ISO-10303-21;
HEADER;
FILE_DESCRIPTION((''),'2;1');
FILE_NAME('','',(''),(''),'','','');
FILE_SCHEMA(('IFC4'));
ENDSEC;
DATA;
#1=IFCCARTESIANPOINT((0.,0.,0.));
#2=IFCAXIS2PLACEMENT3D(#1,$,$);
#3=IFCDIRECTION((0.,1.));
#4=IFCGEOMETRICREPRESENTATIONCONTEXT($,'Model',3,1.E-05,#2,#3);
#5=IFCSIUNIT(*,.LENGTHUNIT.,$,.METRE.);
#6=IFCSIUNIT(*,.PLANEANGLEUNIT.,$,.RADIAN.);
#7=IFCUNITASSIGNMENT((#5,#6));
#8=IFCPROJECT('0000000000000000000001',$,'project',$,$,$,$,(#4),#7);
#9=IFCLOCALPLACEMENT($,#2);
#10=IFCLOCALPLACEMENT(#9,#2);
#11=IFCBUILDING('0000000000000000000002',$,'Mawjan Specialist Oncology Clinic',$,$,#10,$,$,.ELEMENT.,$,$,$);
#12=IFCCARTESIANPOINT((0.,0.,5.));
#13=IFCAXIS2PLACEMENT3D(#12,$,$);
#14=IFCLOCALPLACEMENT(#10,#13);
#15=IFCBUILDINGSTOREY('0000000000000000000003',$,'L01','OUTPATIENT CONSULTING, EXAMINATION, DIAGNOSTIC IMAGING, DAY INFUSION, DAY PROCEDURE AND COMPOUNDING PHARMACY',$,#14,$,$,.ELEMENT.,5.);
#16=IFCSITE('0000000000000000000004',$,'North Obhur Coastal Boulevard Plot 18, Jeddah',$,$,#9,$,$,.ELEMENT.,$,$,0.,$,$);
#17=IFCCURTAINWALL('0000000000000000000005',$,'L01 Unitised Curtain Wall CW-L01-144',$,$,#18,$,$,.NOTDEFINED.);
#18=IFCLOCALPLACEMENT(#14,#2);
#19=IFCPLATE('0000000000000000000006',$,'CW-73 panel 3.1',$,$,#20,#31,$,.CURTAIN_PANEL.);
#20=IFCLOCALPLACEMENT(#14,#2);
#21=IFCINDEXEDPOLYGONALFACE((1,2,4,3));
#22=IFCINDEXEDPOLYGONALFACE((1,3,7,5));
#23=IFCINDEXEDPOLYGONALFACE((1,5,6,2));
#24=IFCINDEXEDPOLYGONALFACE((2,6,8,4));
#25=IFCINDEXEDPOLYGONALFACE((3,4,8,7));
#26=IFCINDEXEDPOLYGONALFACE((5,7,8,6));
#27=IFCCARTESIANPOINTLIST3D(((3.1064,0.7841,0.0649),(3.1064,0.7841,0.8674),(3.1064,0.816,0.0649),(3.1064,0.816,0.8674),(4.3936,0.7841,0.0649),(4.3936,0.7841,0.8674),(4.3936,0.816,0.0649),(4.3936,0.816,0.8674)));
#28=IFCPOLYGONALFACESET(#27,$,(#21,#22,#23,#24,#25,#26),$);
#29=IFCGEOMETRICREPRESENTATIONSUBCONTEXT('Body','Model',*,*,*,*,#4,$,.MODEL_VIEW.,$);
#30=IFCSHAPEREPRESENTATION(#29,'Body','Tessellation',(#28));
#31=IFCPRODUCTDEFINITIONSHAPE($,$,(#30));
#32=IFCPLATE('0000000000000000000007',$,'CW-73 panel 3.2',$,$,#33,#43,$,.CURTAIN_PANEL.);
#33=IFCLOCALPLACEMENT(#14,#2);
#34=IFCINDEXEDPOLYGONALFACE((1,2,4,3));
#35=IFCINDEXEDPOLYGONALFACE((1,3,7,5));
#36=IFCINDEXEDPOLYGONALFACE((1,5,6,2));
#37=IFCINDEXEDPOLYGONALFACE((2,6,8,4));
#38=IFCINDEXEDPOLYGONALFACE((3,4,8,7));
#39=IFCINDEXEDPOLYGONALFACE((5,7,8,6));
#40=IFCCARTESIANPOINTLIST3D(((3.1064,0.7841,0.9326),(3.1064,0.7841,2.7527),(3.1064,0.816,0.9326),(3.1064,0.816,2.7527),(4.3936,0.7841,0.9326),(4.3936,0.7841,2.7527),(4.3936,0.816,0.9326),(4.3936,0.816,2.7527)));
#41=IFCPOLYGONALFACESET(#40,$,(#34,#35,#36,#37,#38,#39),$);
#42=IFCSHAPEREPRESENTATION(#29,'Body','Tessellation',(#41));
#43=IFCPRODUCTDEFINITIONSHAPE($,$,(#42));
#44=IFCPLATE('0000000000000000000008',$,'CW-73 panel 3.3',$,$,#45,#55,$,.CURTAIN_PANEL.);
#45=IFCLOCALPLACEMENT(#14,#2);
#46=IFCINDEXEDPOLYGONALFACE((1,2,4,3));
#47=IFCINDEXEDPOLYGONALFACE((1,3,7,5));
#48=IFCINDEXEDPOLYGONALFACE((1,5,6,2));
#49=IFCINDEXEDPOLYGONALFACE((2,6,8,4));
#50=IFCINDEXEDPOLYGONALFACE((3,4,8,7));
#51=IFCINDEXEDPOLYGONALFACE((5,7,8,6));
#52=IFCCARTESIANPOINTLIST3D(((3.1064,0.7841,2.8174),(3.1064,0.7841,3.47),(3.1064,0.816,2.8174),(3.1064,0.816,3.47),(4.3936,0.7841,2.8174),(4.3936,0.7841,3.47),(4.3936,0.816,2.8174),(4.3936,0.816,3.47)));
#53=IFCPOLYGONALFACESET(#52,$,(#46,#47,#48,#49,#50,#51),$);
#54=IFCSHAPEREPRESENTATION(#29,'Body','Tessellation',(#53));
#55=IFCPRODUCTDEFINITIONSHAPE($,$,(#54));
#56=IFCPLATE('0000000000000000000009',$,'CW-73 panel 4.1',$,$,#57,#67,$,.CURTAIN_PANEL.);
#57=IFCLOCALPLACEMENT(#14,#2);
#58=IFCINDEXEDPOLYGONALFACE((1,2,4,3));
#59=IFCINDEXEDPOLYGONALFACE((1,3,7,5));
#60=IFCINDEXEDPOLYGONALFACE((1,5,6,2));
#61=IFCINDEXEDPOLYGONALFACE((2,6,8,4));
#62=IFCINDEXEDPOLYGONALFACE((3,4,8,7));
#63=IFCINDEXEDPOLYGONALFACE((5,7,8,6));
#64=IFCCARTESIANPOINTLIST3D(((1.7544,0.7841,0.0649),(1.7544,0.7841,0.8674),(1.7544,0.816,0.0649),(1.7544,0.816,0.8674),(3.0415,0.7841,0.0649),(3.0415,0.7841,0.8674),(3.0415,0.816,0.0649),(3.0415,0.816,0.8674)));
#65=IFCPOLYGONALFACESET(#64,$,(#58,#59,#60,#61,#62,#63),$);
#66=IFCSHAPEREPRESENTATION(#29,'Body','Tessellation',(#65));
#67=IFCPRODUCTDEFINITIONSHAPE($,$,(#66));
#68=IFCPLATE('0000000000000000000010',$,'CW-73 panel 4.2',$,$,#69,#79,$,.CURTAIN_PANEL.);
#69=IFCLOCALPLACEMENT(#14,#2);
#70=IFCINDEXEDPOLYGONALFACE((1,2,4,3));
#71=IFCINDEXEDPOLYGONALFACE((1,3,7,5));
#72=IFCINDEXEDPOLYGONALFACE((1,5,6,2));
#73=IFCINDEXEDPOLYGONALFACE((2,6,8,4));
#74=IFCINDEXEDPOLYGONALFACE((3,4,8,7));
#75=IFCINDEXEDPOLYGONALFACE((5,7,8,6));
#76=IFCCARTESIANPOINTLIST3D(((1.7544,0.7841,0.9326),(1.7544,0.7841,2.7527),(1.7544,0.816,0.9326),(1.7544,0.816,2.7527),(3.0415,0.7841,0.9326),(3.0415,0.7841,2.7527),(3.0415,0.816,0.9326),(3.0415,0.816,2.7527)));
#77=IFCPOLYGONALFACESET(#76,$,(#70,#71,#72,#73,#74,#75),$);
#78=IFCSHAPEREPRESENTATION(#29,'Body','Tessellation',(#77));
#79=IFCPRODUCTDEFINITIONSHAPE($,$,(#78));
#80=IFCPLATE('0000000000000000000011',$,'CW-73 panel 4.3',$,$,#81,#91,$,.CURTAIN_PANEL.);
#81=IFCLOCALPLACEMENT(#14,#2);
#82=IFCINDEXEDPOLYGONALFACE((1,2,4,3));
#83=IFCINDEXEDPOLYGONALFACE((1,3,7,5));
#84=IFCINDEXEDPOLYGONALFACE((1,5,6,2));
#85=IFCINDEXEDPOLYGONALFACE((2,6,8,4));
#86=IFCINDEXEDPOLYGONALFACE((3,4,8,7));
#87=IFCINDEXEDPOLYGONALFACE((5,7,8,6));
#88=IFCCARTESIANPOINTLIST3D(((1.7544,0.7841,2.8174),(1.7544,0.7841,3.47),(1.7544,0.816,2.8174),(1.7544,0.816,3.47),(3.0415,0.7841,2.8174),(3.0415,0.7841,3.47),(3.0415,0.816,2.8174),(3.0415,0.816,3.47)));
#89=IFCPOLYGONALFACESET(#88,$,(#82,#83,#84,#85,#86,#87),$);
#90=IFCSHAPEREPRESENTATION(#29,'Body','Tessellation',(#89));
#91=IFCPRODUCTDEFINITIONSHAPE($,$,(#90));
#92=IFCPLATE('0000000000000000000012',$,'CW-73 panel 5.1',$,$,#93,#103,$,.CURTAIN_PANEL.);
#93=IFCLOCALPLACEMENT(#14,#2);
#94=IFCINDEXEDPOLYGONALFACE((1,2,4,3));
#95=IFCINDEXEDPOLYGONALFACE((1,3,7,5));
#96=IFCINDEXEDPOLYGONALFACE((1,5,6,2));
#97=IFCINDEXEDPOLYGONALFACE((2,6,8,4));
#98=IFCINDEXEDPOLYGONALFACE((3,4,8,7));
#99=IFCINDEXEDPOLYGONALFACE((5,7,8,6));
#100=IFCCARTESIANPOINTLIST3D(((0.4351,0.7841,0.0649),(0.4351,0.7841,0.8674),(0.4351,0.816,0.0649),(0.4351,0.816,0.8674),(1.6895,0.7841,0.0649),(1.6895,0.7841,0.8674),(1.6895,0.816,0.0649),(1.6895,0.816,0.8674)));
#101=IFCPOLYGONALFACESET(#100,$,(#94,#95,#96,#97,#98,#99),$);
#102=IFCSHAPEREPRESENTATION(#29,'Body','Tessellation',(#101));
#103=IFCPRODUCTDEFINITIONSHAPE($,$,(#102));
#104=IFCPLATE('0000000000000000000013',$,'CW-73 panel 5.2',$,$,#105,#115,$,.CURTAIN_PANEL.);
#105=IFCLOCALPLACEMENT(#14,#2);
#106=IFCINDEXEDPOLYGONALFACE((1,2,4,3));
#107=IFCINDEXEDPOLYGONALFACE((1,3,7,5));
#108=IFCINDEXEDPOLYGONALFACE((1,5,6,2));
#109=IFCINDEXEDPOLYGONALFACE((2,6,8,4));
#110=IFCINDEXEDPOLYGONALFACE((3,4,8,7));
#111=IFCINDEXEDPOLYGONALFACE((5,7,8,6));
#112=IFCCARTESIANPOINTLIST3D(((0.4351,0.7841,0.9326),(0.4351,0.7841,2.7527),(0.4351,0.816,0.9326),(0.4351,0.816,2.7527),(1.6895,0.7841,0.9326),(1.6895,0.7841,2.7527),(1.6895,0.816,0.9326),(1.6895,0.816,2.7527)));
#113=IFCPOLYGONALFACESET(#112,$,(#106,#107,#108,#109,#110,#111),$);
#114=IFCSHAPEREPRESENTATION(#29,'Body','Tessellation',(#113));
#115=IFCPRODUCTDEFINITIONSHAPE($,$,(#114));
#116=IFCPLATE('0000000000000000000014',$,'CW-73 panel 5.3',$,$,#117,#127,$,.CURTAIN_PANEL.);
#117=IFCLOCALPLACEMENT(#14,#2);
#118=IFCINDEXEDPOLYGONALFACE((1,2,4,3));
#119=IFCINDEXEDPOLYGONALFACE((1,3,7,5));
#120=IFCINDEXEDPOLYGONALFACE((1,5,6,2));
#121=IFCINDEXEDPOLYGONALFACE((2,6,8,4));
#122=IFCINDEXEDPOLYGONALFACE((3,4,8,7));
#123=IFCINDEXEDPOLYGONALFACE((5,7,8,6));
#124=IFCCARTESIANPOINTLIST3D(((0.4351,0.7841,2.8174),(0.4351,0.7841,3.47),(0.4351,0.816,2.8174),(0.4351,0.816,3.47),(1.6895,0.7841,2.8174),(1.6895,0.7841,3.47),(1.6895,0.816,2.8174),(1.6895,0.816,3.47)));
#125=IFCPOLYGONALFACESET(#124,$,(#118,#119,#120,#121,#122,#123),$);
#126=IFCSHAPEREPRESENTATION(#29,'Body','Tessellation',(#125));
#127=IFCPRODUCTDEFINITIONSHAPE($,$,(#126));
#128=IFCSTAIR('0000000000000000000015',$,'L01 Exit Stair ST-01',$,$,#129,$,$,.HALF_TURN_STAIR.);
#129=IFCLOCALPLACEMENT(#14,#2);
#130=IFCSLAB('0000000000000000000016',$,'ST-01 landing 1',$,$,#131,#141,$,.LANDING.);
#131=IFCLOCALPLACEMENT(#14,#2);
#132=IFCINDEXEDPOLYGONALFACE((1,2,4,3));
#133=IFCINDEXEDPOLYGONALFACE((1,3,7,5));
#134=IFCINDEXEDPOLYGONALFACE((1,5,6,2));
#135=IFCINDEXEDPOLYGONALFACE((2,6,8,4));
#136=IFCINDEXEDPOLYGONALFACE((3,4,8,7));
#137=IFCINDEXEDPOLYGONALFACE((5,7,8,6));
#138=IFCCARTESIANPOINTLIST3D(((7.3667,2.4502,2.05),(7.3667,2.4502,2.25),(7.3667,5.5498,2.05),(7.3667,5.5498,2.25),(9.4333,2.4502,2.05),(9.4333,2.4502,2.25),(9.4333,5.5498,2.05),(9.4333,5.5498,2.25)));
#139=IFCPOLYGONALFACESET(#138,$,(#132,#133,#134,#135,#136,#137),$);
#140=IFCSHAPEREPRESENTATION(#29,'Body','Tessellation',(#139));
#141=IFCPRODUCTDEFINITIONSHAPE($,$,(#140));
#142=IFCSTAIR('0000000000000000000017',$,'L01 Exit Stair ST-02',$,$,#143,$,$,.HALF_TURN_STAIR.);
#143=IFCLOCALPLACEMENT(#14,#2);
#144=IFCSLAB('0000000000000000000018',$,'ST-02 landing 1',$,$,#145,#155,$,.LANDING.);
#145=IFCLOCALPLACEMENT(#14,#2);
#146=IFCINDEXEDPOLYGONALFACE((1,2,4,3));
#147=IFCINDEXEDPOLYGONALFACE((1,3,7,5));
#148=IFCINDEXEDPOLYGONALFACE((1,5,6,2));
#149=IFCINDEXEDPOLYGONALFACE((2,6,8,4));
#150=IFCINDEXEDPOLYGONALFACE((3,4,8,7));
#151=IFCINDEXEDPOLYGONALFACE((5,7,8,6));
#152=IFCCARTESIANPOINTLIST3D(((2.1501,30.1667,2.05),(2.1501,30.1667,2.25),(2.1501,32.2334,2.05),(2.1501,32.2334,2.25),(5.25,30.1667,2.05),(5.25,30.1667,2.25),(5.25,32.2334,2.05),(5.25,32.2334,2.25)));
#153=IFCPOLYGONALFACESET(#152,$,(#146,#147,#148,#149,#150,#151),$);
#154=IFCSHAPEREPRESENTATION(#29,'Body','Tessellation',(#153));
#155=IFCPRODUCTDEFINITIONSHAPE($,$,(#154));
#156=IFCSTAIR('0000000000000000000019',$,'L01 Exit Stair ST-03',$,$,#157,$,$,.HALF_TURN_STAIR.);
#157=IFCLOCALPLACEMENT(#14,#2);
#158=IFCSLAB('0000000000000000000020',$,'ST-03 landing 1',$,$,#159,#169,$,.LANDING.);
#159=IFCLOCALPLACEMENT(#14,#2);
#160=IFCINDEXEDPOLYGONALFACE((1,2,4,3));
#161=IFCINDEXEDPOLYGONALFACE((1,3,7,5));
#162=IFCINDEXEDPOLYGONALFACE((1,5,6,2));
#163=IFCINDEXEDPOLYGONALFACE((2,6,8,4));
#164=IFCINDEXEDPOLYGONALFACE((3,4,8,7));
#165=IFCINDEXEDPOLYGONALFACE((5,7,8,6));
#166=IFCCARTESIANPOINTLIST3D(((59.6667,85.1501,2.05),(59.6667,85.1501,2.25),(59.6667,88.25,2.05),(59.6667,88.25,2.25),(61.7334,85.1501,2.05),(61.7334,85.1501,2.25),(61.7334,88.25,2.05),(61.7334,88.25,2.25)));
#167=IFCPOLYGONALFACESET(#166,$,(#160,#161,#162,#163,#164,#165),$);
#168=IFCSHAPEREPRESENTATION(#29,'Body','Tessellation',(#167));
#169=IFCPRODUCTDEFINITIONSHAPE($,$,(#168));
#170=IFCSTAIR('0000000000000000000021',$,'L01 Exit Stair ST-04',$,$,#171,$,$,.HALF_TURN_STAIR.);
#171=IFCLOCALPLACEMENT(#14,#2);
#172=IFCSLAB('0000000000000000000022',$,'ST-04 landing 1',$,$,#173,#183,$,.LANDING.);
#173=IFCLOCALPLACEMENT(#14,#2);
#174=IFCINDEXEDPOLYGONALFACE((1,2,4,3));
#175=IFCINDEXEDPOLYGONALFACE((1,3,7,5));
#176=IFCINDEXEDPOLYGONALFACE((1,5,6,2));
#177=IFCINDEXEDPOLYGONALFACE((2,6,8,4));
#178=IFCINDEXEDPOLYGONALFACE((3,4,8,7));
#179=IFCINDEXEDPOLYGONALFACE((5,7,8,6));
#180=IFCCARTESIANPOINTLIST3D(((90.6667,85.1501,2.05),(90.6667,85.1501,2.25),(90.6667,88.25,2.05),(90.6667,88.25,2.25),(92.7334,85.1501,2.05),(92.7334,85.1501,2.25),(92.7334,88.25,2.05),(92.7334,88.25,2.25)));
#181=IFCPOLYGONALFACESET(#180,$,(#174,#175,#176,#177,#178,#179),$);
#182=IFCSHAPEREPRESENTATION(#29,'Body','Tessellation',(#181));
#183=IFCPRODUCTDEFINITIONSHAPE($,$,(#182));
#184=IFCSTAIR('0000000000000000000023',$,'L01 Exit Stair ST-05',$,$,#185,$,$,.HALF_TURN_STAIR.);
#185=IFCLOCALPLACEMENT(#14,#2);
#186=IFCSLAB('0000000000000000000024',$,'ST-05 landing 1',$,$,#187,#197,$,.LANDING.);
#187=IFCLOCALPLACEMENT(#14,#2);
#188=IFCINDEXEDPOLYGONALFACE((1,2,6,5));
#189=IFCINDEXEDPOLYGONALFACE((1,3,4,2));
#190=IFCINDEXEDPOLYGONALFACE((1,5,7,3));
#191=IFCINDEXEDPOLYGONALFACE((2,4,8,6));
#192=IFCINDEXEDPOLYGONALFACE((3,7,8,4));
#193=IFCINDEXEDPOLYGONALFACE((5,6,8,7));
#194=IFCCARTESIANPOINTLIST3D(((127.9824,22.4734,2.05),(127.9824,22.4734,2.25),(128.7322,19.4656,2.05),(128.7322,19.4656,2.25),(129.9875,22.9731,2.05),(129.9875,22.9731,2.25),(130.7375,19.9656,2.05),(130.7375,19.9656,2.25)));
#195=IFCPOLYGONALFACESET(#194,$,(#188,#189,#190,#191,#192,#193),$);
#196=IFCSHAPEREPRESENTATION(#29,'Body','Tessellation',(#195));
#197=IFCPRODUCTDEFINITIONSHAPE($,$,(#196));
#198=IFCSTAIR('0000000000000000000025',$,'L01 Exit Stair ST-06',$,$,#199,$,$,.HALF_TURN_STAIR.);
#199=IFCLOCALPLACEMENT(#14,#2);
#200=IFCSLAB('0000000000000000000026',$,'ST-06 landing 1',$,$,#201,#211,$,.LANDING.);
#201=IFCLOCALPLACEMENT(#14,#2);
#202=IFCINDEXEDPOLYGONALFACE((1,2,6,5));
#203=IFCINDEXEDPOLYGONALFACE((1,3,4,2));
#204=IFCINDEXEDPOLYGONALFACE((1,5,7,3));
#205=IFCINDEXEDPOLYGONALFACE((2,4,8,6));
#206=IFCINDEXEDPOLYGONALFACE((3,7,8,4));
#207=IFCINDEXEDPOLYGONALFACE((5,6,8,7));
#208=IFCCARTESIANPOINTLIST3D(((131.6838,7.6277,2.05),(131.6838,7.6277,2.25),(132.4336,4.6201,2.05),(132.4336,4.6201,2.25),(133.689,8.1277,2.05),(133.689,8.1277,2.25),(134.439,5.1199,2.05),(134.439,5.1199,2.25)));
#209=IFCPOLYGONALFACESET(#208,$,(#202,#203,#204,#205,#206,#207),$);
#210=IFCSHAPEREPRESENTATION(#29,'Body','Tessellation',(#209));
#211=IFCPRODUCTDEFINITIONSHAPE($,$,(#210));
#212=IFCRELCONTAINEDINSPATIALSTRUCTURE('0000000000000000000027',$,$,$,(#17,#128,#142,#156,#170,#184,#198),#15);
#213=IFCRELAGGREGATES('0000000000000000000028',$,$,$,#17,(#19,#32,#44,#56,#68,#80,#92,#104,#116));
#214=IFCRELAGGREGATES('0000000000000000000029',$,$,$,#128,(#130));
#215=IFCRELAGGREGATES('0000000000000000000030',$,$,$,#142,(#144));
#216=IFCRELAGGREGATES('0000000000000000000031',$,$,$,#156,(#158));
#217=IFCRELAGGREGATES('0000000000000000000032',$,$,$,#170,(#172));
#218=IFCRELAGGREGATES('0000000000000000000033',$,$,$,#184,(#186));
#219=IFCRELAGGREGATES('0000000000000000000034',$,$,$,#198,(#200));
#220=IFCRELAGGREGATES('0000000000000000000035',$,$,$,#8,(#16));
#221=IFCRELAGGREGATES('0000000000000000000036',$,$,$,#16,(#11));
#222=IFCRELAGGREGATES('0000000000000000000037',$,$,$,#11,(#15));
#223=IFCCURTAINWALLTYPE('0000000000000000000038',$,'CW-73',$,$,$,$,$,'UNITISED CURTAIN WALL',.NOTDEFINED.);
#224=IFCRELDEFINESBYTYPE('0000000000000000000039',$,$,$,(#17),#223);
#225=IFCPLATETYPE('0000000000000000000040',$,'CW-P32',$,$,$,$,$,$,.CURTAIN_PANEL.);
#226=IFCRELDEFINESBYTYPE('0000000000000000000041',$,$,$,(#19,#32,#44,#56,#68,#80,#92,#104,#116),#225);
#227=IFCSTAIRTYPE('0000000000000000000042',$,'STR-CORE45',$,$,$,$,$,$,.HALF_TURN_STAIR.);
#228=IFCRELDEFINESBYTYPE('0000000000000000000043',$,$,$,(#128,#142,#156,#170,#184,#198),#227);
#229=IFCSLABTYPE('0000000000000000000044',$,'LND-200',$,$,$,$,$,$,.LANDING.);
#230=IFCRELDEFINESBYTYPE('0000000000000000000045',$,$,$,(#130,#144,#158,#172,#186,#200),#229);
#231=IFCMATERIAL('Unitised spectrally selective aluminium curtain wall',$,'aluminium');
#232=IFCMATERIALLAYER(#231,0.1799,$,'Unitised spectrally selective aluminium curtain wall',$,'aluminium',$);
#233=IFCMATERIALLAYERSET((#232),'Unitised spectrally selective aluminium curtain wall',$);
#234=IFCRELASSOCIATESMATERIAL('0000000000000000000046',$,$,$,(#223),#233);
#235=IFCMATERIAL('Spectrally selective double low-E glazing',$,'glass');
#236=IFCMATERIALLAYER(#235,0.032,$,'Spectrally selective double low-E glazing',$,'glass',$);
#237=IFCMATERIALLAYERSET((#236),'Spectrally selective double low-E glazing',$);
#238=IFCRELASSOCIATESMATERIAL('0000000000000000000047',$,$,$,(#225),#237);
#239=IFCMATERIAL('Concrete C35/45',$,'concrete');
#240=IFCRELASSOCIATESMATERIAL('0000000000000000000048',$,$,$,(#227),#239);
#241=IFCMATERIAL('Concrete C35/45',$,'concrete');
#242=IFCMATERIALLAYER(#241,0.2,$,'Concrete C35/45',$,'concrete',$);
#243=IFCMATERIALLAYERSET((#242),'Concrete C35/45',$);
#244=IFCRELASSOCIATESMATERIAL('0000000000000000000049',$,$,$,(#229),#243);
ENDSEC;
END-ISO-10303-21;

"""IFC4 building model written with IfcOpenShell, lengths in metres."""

from ifc_helpers import new_model, si_unit, direction, frame, origin, origin_2d, place, context, subcontext, project, spatial, polyline, rectangle, outline, extrude, material, layer, layer_set, type_object, element, aggregate, save


model = new_model("IFC4")

# Units and contexts
model_context = context("Model", 3, precision=1e-05, world=origin(), true_north=direction((0.0, 1.0)))
body_context = subcontext(model_context, "Body", "Model", "MODEL_VIEW")
ifc_project = project(units=[si_unit("LENGTHUNIT", "METRE"), si_unit("PLANEANGLEUNIT", "RADIAN")], contexts=[model_context])

# Site, building, storey
site_placement = place(None, origin())
site = spatial("IfcSite", under=ifc_project, at=site_placement, Name="North Obhur Coastal Boulevard Plot 18, Jeddah", CompositionType="ELEMENT", RefElevation=0.0)
building_placement = place(site_placement, origin())
building = spatial("IfcBuilding", under=site, at=building_placement, Name="Mawjan Specialist Oncology Clinic", CompositionType="ELEMENT")
storey_placement = place(building_placement, frame((0.0, 0.0, 5.0)))
storey = spatial("IfcBuildingStorey", under=building, at=storey_placement, Name="L01", Description="OUTPATIENT CONSULTING, EXAMINATION, DIAGNOSTIC IMAGING, DAY INFUSION, DAY PROCEDURE AND COMPOUNDING PHARMACY", CompositionType="ELEMENT", Elevation=5.0)

# Curtain wall, plates
ifc_material_1 = material(Name="Unitised spectrally selective aluminium curtain wall", Category="aluminium")
ifc_layer_1 = layer(ifc_material_1, 0.1799, Name="Unitised spectrally selective aluminium curtain wall", Category="aluminium")
ifc_layer_set_1 = layer_set([ifc_layer_1], Name="Unitised spectrally selective aluminium curtain wall")
curtain_wall_type = type_object("IfcCurtainWallType", Name="CW-73", ElementType="UNITISED CURTAIN WALL", PredefinedType="NOTDEFINED", material=ifc_layer_set_1)
curtain_wall_placement = place(storey_placement, origin())
curtain_wall = element("IfcCurtainWall", 1, at=curtain_wall_placement, inside=storey, type_object=curtain_wall_type, Name="L01 Unitised Curtain Wall CW-L01-144", PredefinedType="NOTDEFINED")
ifc_material_2 = material(Name="Spectrally selective double low-E glazing", Category="glass")
ifc_layer_2 = layer(ifc_material_2, 0.032, Name="Spectrally selective double low-E glazing", Category="glass")
ifc_layer_set_2 = layer_set([ifc_layer_2], Name="Spectrally selective double low-E glazing")
plate_type = type_object("IfcPlateType", Name="CW-P32", PredefinedType="CURTAIN_PANEL", material=ifc_layer_set_2)
plate_1_placement = place(storey_placement, frame((3.75, 0.8, 0.0649), z_axis=(0.0, 0.0, 1.0), x_axis=(-1.0, 0.0, 0.0)))
plate_1 = element("IfcPlate", 2, at=plate_1_placement, type_object=plate_type, Name="CW-73 panel 3.1", PredefinedType="CURTAIN_PANEL", context=body_context, shape_type="SweptSolid", body=[
    extrude(rectangle(XDim=1.2871, YDim=0.032, at=origin_2d()), origin(), (0.0, 0.0, 1.0), 0.8025),
])
plate_2_placement = place(storey_placement, frame((3.75, 0.8, 0.9326), z_axis=(0.0, 0.0, 1.0), x_axis=(-1.0, 0.0, 0.0)))
plate_2 = element("IfcPlate", 3, at=plate_2_placement, type_object=plate_type, Name="CW-73 panel 3.2", PredefinedType="CURTAIN_PANEL", context=body_context, shape_type="SweptSolid", body=[
    extrude(rectangle(XDim=1.2871, YDim=0.032, at=origin_2d()), origin(), (0.0, 0.0, 1.0), 1.8201),
])
plate_3_placement = place(storey_placement, frame((3.75, 0.8, 2.8174), z_axis=(0.0, 0.0, 1.0), x_axis=(-1.0, 0.0, 0.0)))
plate_3 = element("IfcPlate", 4, at=plate_3_placement, type_object=plate_type, Name="CW-73 panel 3.3", PredefinedType="CURTAIN_PANEL", context=body_context, shape_type="SweptSolid", body=[
    extrude(rectangle(XDim=1.2871, YDim=0.032, at=origin_2d()), origin(), (0.0, 0.0, 1.0), 0.6526),
])
plate_4_placement = place(storey_placement, frame((2.3979, 0.8, 0.0649), z_axis=(0.0, 0.0, 1.0), x_axis=(-1.0, 0.0, 0.0)))
plate_4 = element("IfcPlate", 5, at=plate_4_placement, type_object=plate_type, Name="CW-73 panel 4.1", PredefinedType="CURTAIN_PANEL", context=body_context, shape_type="SweptSolid", body=[
    extrude(rectangle(XDim=1.2871, YDim=0.032, at=origin_2d()), origin(), (0.0, 0.0, 1.0), 0.8025),
])
plate_5_placement = place(storey_placement, frame((2.3979, 0.8, 0.9326), z_axis=(0.0, 0.0, 1.0), x_axis=(-1.0, 0.0, 0.0)))
plate_5 = element("IfcPlate", 6, at=plate_5_placement, type_object=plate_type, Name="CW-73 panel 4.2", PredefinedType="CURTAIN_PANEL", context=body_context, shape_type="SweptSolid", body=[
    extrude(rectangle(XDim=1.2871, YDim=0.032, at=origin_2d()), origin(), (0.0, 0.0, 1.0), 1.8201),
])
plate_6_placement = place(storey_placement, frame((2.3979, 0.8, 2.8174), z_axis=(0.0, 0.0, 1.0), x_axis=(-1.0, 0.0, 0.0)))
plate_6 = element("IfcPlate", 7, at=plate_6_placement, type_object=plate_type, Name="CW-73 panel 4.3", PredefinedType="CURTAIN_PANEL", context=body_context, shape_type="SweptSolid", body=[
    extrude(rectangle(XDim=1.2871, YDim=0.032, at=origin_2d()), origin(), (0.0, 0.0, 1.0), 0.6526),
])
plate_7_placement = place(storey_placement, frame((1.0623, 0.8, 0.0649), z_axis=(0.0, 0.0, 1.0), x_axis=(-1.0, 0.0, 0.0)))
plate_7 = element("IfcPlate", 8, at=plate_7_placement, type_object=plate_type, Name="CW-73 panel 5.1", PredefinedType="CURTAIN_PANEL", context=body_context, shape_type="SweptSolid", body=[
    extrude(rectangle(XDim=1.2544, YDim=0.032, at=origin_2d()), origin(), (0.0, 0.0, 1.0), 0.8025),
])
plate_8_placement = place(storey_placement, frame((1.0623, 0.8, 0.9326), z_axis=(0.0, 0.0, 1.0), x_axis=(-1.0, 0.0, 0.0)))
plate_8 = element("IfcPlate", 9, at=plate_8_placement, type_object=plate_type, Name="CW-73 panel 5.2", PredefinedType="CURTAIN_PANEL", context=body_context, shape_type="SweptSolid", body=[
    extrude(rectangle(XDim=1.2544, YDim=0.032, at=origin_2d()), origin(), (0.0, 0.0, 1.0), 1.8201),
])
plate_9_placement = place(storey_placement, frame((1.0623, 0.8, 2.8174), z_axis=(0.0, 0.0, 1.0), x_axis=(-1.0, 0.0, 0.0)))
plate_9 = element("IfcPlate", 10, at=plate_9_placement, type_object=plate_type, Name="CW-73 panel 5.3", PredefinedType="CURTAIN_PANEL", context=body_context, shape_type="SweptSolid", body=[
    extrude(rectangle(XDim=1.2544, YDim=0.032, at=origin_2d()), origin(), (0.0, 0.0, 1.0), 0.6526),
])
aggregate(curtain_wall, [plate_1, plate_2, plate_3, plate_4, plate_5, plate_6, plate_7, plate_8, plate_9])

# Stairs, slabs
ifc_material_3 = material(Name="Concrete C35/45", Category="concrete")
stair_type_1 = type_object("IfcStairType", Name="STR-CORE45", PredefinedType="HALF_TURN_STAIR", material=ifc_material_3)
stair_1_placement = place(storey_placement, origin())
stair_1 = element("IfcStair", 11, at=stair_1_placement, inside=storey, type_object=stair_type_1, Name="L01 Exit Stair ST-01", PredefinedType="HALF_TURN_STAIR")
ifc_material_4 = material(Name="Concrete C35/45", Category="concrete")
ifc_layer_3 = layer(ifc_material_4, 0.2, Name="Concrete C35/45", Category="concrete")
ifc_layer_set_3 = layer_set([ifc_layer_3], Name="Concrete C35/45")
slab_type_1 = type_object("IfcSlabType", Name="LND-200", PredefinedType="LANDING", material=ifc_layer_set_3)
slab_1_placement = place(storey_placement, frame((0.0, 0.0, 2.05)))
slab_1 = element("IfcSlab", 12, at=slab_1_placement, type_object=slab_type_1, Name="ST-01 landing 1", PredefinedType="LANDING", context=body_context, shape_type="SweptSolid", body=[
    extrude(outline(polyline([(7.3667, 2.4502), (9.4333, 2.4502), (9.4333, 5.5498), (7.3667, 5.5498), (7.3667, 2.4502)])), origin(), (0.0, 0.0, 1.0), 0.2),
])
aggregate(stair_1, [slab_1])
stair_2_placement = place(storey_placement, origin())
stair_2 = element("IfcStair", 13, at=stair_2_placement, inside=storey, type_object=stair_type_1, Name="L01 Exit Stair ST-02", PredefinedType="HALF_TURN_STAIR")
slab_2_placement = place(storey_placement, frame((0.0, 0.0, 2.05)))
slab_2 = element("IfcSlab", 14, at=slab_2_placement, type_object=slab_type_1, Name="ST-02 landing 1", PredefinedType="LANDING", context=body_context, shape_type="SweptSolid", body=[
    extrude(outline(polyline([(5.25, 30.1667), (5.25, 32.2334), (2.1501, 32.2334), (2.1501, 30.1667), (5.25, 30.1667)])), origin(), (0.0, 0.0, 1.0), 0.2),
])
aggregate(stair_2, [slab_2])
stair_3_placement = place(storey_placement, origin())
stair_3 = element("IfcStair", 15, at=stair_3_placement, inside=storey, type_object=stair_type_1, Name="L01 Exit Stair ST-03", PredefinedType="HALF_TURN_STAIR")
slab_3_placement = place(storey_placement, frame((0.0, 0.0, 2.05)))
slab_3 = element("IfcSlab", 16, at=slab_3_placement, type_object=slab_type_1, Name="ST-03 landing 1", PredefinedType="LANDING", context=body_context, shape_type="SweptSolid", body=[
    extrude(outline(polyline([(59.6667, 85.1501), (61.7334, 85.1501), (61.7334, 88.25), (59.6667, 88.25), (59.6667, 85.1501)])), origin(), (0.0, 0.0, 1.0), 0.2),
])
aggregate(stair_3, [slab_3])
stair_4_placement = place(storey_placement, origin())
stair_4 = element("IfcStair", 17, at=stair_4_placement, inside=storey, type_object=stair_type_1, Name="L01 Exit Stair ST-04", PredefinedType="HALF_TURN_STAIR")
slab_4_placement = place(storey_placement, frame((0.0, 0.0, 2.05)))
slab_4 = element("IfcSlab", 18, at=slab_4_placement, type_object=slab_type_1, Name="ST-04 landing 1", PredefinedType="LANDING", context=body_context, shape_type="SweptSolid", body=[
    extrude(outline(polyline([(90.6667, 85.1501), (92.7334, 85.1501), (92.7334, 88.25), (90.6667, 88.25), (90.6667, 85.1501)])), origin(), (0.0, 0.0, 1.0), 0.2),
])
aggregate(stair_4, [slab_4])
stair_5_placement = place(storey_placement, origin())
stair_5 = element("IfcStair", 19, at=stair_5_placement, inside=storey, type_object=stair_type_1, Name="L01 Exit Stair ST-05", PredefinedType="HALF_TURN_STAIR")
slab_5_placement = place(storey_placement, frame((0.0, 0.0, 2.05)))
slab_5 = element("IfcSlab", 20, at=slab_5_placement, type_object=slab_type_1, Name="ST-05 landing 1", PredefinedType="LANDING", context=body_context, shape_type="SweptSolid", body=[
    extrude(outline(polyline([(128.7322, 19.4656), (130.7375, 19.9656), (129.9875, 22.9731), (127.9824, 22.4734), (128.7322, 19.4656)])), origin(), (0.0, 0.0, 1.0), 0.2),
])
aggregate(stair_5, [slab_5])
stair_6_placement = place(storey_placement, origin())
stair_6 = element("IfcStair", 21, at=stair_6_placement, inside=storey, type_object=stair_type_1, Name="L01 Exit Stair ST-06", PredefinedType="HALF_TURN_STAIR")
slab_6_placement = place(storey_placement, frame((0.0, 0.0, 2.05)))
slab_6 = element("IfcSlab", 22, at=slab_6_placement, type_object=slab_type_1, Name="ST-06 landing 1", PredefinedType="LANDING", context=body_context, shape_type="SweptSolid", body=[
    extrude(outline(polyline([(132.4336, 4.6201), (134.439, 5.1199), (133.689, 8.1277), (131.6838, 7.6277), (132.4336, 4.6201)])), origin(), (0.0, 0.0, 1.0), 0.2),
])
aggregate(stair_6, [slab_6])

save(model, "model.ifc")
